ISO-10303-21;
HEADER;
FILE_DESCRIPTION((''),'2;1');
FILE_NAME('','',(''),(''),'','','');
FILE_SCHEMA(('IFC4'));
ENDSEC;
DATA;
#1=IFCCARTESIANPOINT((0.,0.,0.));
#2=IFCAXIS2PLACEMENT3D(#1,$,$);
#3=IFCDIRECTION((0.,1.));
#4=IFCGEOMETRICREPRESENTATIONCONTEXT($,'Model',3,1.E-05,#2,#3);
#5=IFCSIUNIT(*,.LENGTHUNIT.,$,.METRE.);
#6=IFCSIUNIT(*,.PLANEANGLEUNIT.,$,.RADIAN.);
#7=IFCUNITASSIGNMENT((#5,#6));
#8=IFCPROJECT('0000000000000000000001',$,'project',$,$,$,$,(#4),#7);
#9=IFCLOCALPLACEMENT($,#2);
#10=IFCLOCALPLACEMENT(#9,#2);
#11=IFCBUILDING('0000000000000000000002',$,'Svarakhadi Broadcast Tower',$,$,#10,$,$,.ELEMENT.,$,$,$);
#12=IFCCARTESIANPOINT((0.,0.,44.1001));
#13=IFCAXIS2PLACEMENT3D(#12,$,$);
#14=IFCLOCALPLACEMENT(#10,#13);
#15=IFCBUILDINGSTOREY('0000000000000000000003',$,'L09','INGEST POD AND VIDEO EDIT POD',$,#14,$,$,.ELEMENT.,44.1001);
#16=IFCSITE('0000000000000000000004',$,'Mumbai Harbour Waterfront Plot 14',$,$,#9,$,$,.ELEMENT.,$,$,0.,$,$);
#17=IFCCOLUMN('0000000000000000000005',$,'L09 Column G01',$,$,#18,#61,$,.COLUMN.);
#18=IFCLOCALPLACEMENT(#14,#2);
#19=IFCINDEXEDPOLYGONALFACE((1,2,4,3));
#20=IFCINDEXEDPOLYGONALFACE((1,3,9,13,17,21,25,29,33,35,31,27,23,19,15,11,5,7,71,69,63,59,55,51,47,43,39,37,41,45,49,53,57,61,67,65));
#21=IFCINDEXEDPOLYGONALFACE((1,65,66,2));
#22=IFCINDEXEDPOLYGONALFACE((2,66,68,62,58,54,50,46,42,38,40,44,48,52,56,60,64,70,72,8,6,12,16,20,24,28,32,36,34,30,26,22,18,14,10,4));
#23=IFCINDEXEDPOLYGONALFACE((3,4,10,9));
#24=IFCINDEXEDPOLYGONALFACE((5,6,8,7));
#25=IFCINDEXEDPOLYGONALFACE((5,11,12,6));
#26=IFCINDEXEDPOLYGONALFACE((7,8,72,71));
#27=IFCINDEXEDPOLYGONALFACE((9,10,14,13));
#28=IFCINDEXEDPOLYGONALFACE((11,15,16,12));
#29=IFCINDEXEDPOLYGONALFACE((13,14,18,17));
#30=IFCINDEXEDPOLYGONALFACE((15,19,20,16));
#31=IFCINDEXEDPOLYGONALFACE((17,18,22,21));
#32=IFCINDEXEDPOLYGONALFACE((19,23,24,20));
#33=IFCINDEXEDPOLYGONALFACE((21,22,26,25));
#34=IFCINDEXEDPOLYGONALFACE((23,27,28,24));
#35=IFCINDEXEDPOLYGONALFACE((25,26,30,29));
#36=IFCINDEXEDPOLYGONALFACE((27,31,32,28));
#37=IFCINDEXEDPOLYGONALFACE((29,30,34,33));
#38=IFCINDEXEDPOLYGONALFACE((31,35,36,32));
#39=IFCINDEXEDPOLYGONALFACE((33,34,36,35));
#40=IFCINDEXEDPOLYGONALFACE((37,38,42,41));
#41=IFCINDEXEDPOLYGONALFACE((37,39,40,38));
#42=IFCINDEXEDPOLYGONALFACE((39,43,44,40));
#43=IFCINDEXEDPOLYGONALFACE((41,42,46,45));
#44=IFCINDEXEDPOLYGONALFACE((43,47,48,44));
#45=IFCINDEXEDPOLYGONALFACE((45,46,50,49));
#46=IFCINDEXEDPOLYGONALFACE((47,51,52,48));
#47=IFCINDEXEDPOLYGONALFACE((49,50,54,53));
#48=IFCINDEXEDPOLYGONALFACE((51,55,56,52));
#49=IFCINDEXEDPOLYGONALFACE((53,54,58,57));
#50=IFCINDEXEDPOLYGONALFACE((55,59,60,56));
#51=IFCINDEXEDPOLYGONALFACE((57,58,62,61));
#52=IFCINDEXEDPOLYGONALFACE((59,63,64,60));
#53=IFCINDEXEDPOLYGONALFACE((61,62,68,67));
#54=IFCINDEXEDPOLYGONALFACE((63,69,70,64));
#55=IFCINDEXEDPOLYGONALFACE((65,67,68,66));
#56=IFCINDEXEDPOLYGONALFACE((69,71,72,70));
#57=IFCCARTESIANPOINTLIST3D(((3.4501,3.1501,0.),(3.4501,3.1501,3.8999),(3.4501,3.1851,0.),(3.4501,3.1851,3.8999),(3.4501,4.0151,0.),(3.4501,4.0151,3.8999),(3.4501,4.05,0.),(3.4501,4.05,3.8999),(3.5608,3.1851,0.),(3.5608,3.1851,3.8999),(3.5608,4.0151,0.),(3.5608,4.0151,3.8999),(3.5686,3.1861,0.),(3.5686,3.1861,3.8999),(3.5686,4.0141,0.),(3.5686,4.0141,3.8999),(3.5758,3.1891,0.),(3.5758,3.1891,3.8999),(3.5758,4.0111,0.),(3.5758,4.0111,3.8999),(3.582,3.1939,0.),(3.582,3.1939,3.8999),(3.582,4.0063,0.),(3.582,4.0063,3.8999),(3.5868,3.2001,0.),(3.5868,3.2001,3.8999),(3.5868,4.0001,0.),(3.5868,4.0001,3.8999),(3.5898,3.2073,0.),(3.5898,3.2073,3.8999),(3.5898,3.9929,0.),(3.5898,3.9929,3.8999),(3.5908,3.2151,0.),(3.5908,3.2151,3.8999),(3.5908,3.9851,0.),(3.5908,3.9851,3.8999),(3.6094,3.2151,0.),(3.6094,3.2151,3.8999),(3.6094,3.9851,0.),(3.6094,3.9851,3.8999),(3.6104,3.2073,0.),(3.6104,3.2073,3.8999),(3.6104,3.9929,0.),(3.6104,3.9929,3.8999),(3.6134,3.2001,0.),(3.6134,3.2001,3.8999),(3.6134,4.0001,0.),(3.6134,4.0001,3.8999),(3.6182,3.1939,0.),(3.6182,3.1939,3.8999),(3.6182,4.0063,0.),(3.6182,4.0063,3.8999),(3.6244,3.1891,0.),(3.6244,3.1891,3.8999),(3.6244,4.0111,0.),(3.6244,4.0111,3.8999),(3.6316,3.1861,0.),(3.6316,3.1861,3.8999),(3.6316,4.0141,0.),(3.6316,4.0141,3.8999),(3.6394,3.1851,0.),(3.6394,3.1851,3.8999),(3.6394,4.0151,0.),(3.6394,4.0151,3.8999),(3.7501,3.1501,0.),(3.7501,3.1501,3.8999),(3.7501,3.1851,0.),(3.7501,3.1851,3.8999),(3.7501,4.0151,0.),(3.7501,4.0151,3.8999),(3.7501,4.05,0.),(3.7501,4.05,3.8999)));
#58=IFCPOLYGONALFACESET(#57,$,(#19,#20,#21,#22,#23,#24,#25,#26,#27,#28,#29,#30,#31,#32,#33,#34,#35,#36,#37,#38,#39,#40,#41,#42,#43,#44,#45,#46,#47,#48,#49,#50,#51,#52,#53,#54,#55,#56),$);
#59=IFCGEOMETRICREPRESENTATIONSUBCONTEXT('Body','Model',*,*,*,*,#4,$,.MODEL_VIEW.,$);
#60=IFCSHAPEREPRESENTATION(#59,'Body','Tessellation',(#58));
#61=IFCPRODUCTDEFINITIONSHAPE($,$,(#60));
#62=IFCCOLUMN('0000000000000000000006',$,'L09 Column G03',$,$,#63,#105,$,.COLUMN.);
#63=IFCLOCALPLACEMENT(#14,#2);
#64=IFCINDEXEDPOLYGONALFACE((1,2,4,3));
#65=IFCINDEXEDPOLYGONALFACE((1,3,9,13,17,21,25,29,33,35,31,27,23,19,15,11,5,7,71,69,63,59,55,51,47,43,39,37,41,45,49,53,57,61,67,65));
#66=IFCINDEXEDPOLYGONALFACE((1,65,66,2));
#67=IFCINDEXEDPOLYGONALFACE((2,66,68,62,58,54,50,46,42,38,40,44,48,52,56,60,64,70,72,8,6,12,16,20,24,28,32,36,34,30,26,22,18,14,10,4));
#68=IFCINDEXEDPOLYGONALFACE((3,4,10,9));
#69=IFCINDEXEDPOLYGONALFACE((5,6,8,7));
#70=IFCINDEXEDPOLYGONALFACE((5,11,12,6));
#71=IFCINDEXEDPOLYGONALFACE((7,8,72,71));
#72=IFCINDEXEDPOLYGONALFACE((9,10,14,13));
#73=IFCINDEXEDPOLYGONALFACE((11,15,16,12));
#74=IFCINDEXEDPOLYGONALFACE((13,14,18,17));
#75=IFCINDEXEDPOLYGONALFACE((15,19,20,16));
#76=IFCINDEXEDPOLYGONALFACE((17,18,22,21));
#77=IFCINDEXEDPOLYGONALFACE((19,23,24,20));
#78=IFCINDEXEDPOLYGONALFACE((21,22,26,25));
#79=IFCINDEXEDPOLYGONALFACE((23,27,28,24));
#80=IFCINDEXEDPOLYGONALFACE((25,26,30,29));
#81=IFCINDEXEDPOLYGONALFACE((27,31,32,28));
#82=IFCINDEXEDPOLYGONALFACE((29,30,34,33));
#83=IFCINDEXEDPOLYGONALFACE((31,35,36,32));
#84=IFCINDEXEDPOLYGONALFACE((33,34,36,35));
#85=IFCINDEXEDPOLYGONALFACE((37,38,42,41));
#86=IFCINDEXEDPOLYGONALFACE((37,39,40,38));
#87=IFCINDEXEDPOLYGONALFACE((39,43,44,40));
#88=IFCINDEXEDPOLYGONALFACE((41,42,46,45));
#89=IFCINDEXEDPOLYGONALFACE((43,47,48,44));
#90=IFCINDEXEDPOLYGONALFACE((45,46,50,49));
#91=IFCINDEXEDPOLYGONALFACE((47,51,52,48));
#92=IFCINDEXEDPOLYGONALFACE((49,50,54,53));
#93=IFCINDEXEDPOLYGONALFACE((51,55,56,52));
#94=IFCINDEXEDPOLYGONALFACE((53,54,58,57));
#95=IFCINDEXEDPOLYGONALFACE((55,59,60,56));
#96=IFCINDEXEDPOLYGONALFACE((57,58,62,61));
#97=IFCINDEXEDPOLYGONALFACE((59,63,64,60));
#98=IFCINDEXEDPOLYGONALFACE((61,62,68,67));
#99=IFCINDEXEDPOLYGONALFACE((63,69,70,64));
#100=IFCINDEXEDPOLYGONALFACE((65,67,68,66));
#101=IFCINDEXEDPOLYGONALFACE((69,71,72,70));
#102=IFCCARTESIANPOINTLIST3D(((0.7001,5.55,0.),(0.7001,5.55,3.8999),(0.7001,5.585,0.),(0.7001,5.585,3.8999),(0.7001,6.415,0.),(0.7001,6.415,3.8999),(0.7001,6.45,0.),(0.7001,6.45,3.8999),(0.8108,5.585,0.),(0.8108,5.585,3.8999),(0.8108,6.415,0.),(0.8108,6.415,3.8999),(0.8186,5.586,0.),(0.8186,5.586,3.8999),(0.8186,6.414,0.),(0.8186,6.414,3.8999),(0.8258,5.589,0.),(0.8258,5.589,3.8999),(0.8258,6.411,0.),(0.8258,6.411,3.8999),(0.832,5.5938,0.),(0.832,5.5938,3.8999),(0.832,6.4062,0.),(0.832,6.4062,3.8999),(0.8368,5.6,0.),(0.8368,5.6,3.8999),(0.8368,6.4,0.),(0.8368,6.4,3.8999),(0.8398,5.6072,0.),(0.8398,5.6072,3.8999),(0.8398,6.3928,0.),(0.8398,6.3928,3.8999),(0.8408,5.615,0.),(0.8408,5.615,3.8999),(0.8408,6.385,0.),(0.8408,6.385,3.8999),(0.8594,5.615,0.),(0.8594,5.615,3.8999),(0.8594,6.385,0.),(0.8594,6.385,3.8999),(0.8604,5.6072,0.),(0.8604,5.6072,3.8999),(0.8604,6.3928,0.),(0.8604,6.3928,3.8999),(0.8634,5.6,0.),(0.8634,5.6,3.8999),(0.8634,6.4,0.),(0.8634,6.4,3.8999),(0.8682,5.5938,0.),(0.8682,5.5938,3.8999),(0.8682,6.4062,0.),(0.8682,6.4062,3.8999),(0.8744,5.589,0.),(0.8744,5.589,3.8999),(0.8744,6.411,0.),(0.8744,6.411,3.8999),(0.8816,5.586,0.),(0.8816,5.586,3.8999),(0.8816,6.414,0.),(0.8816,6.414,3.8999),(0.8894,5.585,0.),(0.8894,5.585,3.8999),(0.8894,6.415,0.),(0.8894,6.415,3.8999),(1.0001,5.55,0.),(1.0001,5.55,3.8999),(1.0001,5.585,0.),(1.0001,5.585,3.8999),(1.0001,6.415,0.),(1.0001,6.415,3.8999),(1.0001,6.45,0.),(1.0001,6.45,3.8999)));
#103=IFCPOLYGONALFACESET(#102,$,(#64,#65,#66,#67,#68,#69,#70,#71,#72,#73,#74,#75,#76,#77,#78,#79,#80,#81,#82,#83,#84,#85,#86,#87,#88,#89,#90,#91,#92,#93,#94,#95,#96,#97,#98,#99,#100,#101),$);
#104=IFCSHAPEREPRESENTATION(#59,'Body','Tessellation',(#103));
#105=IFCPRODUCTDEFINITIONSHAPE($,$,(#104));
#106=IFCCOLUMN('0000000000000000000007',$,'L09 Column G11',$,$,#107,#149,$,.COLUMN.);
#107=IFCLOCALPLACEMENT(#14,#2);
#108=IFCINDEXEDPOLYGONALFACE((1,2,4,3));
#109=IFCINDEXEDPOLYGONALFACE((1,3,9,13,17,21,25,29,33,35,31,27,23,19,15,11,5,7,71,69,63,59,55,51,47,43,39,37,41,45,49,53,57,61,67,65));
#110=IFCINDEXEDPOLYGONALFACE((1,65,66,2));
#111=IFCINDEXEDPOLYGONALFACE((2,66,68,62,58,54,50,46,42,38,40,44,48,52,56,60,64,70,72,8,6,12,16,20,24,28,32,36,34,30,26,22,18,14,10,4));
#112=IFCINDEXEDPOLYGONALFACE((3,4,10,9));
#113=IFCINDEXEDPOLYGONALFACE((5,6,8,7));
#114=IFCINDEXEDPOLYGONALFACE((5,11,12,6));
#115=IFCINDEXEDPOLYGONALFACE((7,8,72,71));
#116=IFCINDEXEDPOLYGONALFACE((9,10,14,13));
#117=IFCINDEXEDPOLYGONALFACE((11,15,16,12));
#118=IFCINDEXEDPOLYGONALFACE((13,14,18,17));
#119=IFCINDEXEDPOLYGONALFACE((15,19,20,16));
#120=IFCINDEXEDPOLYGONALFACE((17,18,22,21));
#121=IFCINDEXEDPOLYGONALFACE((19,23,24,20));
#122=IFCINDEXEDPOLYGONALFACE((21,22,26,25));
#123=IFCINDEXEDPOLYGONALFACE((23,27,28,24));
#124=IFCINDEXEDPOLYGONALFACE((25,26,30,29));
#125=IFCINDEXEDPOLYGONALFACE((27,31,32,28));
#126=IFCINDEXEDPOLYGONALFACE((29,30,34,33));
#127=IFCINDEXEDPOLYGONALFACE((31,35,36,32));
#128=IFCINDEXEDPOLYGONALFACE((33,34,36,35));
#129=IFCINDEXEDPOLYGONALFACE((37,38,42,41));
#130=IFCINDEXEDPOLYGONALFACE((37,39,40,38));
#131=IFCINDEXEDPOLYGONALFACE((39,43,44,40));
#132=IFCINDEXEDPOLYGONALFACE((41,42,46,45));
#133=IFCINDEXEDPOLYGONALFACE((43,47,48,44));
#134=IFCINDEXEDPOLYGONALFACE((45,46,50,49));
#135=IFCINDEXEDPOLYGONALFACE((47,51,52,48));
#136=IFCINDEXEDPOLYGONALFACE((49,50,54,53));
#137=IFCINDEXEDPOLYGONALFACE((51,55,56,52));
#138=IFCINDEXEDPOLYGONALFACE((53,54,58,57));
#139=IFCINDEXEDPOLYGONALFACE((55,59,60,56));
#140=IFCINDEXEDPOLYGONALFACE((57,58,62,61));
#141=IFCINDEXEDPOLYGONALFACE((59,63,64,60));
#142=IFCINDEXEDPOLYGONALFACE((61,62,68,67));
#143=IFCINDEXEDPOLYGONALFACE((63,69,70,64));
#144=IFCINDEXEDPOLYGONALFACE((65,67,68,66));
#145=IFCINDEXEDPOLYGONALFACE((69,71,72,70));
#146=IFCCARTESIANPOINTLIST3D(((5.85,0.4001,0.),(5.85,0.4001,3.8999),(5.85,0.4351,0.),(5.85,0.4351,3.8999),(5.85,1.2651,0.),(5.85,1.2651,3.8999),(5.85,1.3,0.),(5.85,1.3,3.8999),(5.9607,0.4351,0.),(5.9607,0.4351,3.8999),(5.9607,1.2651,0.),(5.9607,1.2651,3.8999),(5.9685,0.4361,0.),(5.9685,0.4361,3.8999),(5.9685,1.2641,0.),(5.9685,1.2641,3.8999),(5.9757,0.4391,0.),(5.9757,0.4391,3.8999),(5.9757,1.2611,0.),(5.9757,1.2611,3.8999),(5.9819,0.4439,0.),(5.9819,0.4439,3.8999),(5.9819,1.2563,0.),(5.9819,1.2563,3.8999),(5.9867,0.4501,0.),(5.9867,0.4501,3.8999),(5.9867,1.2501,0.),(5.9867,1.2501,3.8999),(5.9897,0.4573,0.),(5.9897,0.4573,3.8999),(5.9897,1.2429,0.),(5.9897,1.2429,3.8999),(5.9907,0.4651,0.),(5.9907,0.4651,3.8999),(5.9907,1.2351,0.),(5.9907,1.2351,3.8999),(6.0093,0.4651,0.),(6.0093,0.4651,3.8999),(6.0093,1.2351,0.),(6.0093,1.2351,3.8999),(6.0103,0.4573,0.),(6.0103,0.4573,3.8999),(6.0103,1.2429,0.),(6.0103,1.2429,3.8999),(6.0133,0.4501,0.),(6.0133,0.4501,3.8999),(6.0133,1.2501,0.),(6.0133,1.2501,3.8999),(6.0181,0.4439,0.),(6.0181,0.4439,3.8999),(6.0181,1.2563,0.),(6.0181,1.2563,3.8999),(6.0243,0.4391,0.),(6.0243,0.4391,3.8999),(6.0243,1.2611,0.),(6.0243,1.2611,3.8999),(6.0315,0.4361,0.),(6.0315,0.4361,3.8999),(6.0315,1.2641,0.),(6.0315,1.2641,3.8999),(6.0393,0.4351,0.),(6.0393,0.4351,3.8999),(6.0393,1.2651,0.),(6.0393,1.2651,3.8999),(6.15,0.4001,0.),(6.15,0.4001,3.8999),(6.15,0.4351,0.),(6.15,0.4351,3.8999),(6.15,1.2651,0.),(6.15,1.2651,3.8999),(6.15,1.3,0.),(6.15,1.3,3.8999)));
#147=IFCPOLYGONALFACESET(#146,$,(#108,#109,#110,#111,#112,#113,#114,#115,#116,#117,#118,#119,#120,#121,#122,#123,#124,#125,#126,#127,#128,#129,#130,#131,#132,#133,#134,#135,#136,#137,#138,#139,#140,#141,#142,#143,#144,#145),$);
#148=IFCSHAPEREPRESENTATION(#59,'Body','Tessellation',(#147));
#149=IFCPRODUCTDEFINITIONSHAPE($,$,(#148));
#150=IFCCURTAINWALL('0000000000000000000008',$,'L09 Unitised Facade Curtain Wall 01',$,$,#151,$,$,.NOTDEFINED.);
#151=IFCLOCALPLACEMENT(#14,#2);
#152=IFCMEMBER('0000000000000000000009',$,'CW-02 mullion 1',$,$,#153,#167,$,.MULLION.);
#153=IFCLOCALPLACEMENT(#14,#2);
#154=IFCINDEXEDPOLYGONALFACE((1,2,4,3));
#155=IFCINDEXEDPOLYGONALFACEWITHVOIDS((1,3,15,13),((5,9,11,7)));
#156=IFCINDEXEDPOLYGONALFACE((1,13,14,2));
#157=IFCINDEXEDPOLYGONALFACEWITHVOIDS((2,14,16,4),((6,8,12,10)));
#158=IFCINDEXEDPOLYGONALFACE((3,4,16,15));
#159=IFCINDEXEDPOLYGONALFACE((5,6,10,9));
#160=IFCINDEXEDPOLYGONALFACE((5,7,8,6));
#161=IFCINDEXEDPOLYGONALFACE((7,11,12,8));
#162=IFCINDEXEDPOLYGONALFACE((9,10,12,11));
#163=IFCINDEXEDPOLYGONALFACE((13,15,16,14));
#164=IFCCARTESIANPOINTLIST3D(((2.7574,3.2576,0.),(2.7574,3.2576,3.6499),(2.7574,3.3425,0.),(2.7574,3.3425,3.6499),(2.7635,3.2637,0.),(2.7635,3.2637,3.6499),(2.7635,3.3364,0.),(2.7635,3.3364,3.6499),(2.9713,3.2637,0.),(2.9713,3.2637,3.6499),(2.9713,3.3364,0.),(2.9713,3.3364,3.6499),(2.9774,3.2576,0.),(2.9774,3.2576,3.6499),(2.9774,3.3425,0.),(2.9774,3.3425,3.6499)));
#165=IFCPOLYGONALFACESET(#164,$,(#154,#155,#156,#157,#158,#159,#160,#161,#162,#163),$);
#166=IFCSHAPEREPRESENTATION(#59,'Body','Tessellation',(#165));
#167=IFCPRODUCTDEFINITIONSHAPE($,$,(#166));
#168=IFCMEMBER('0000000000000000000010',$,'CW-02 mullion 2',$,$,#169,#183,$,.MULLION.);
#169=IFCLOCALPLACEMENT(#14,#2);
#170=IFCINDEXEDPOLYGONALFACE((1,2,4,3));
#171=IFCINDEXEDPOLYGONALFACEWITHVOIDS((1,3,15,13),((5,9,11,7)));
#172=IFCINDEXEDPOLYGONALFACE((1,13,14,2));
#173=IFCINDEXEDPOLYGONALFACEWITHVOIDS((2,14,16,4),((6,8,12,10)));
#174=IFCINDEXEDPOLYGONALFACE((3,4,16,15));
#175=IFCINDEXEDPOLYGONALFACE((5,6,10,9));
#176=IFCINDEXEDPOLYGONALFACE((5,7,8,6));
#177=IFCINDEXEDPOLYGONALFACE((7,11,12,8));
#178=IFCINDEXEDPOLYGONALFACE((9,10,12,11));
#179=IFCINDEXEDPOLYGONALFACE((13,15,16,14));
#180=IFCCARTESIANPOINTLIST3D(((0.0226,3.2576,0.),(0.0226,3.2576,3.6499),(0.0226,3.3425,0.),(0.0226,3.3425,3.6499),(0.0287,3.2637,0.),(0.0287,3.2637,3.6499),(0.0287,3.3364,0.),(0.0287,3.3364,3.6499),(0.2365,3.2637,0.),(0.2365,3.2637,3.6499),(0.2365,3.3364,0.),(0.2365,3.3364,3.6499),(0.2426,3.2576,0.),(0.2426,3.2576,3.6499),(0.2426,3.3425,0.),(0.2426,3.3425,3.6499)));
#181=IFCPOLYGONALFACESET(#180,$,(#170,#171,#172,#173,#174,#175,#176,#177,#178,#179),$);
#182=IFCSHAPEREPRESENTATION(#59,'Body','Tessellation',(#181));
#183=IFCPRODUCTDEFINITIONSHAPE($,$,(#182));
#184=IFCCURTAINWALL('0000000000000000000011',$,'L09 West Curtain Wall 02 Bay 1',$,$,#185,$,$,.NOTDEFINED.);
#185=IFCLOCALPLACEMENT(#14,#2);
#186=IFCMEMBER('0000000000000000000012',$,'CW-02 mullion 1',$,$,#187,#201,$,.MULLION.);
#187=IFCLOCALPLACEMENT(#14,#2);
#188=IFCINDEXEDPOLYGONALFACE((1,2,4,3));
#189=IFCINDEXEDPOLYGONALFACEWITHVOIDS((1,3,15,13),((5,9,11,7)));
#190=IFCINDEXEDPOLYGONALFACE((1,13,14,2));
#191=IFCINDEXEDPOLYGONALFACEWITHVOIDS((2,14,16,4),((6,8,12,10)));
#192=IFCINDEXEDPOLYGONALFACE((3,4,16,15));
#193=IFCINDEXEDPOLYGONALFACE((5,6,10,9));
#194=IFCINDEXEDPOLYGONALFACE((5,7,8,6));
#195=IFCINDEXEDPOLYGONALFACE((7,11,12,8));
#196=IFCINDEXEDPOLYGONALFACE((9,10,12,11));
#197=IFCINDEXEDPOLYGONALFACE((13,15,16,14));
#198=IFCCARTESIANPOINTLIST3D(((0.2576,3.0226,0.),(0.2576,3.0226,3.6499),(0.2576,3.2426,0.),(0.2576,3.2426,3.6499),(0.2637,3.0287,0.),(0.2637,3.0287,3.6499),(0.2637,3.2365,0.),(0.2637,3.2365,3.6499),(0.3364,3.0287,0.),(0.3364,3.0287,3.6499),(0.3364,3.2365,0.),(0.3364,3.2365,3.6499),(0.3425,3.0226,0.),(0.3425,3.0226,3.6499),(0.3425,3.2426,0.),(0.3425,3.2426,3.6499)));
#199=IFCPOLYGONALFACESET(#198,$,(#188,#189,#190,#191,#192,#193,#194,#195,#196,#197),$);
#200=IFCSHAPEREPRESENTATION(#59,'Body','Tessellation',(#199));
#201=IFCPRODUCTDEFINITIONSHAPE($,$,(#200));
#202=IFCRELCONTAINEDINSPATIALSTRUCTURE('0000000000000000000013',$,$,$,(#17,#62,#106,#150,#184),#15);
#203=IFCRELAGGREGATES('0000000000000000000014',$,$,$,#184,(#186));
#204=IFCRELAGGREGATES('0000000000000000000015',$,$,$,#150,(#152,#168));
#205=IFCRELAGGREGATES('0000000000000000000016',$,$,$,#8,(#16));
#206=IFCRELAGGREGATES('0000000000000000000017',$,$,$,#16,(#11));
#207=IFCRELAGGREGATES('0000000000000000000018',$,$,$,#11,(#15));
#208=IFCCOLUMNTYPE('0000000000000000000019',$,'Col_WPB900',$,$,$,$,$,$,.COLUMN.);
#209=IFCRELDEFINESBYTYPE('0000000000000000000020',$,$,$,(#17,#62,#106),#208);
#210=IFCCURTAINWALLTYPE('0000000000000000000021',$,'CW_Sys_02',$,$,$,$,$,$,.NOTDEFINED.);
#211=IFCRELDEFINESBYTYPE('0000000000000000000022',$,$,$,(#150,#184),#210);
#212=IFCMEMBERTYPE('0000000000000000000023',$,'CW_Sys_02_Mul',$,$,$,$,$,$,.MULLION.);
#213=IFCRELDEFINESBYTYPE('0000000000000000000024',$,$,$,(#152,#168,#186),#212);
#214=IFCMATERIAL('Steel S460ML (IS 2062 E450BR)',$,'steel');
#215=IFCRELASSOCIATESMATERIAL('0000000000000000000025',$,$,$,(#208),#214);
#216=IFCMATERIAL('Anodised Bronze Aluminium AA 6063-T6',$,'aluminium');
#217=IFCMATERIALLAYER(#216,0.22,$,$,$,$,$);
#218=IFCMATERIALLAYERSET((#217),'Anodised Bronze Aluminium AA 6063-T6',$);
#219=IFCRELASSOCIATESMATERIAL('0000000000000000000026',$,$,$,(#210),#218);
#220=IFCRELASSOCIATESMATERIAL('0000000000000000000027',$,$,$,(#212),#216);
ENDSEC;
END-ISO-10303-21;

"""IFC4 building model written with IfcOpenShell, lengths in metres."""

from ifc_helpers import new_model, si_unit, direction, frame, origin, origin_2d, place, context, subcontext, project, spatial, hollow_rectangle, i_section, extrude, material, layer, layer_set, material_profile, profile_set, type_object, element, aggregate, save


model = new_model("IFC4")

# Units and contexts
model_context = context("Model", 3, precision=1e-05, world=origin(), true_north=direction((0.0, 1.0)))
body_context = subcontext(model_context, "Body", "Model", "MODEL_VIEW")
ifc_project = project(units=[si_unit("LENGTHUNIT", "METRE"), si_unit("PLANEANGLEUNIT", "RADIAN")], contexts=[model_context])

# Site, building, storey
site_placement = place(None, origin())
site = spatial("IfcSite", under=ifc_project, at=site_placement, Name="Mumbai Harbour Waterfront Plot 14", CompositionType="ELEMENT", RefElevation=0.0)
building_placement = place(site_placement, origin())
building = spatial("IfcBuilding", under=site, at=building_placement, Name="Svarakhadi Broadcast Tower", CompositionType="ELEMENT")
storey_placement = place(building_placement, frame((0.0, 0.0, 44.1001)))
storey = spatial("IfcBuildingStorey", under=building, at=storey_placement, Name="L09", Description="INGEST POD AND VIDEO EDIT POD", CompositionType="ELEMENT", Elevation=44.1001)

# Columns
ifc_material_1 = material(Name="Steel S460ML (IS 2062 E450BR)", Category="steel")
ifc_material_profile_1 = material_profile(ifc_material_1, i_section(OverallWidth=0.3, OverallDepth=0.8999, WebThickness=0.0186, FlangeThickness=0.0349, FilletRadius=0.03, at=origin_2d()), Name="WPB 900x300x291")
ifc_profile_set_1 = profile_set([ifc_material_profile_1], Name="Steel S460ML (IS 2062 E450BR)")
column_type = type_object("IfcColumnType", Name="Col_WPB900", PredefinedType="COLUMN", material=ifc_profile_set_1)
for number, where, z_axis, x_axis, name in (
    (1, (3.6001, 3.6001, 0.0), (0.0, 0.0, 1.0), (1.0, 0.0, 0.0), "L09 Column G01"),
    (2, (0.8501, 6.0, 0.0), (0.0, 0.0, 1.0), (1.0, 0.0, 0.0), "L09 Column G03"),
    (3, (6.0, 0.8501, 0.0), (0.0, 0.0, 1.0), (1.0, 0.0, 0.0), "L09 Column G11"),
):
    element("IfcColumn", number, at=place(storey_placement, frame(where, z_axis=z_axis, x_axis=x_axis)), inside=storey, type_object=column_type, Name=name, PredefinedType="COLUMN", context=body_context, shape_type="SweptSolid", body=[
        extrude(i_section(OverallWidth=0.3, OverallDepth=0.8999, WebThickness=0.0186, FlangeThickness=0.0349, FilletRadius=0.03, at=origin_2d()), origin(), (0.0, 0.0, 1.0), 3.8999),
    ])

# Curtain wall, members
ifc_material_2 = material(Name="Anodised Bronze Aluminium AA 6063-T6", Category="aluminium")
ifc_layer_1 = layer(ifc_material_2, 0.22)
ifc_layer_set_1 = layer_set([ifc_layer_1], Name="Anodised Bronze Aluminium AA 6063-T6")
curtain_wall_type = type_object("IfcCurtainWallType", Name="CW_Sys_02", PredefinedType="NOTDEFINED", material=ifc_layer_set_1)
curtain_wall_1_placement = place(storey_placement, origin())
curtain_wall_1 = element("IfcCurtainWall", 4, at=curtain_wall_1_placement, inside=storey, type_object=curtain_wall_type, Name="L09 Unitised Facade Curtain Wall 01", PredefinedType="NOTDEFINED")
ifc_material_profile_2 = material_profile(ifc_material_2, hollow_rectangle(XDim=0.085, YDim=0.22, WallThickness=0.0061, at=origin_2d()), Name="ALU MULLION 220x85x6")
ifc_profile_set_2 = profile_set([ifc_material_profile_2], Name="Anodised Bronze Aluminium AA 6063-T6")
member_type_1 = type_object("IfcMemberType", Name="CW_Sys_02_Mul", PredefinedType="MULLION", material=ifc_profile_set_2)
member_1_placement = place(storey_placement, frame((2.8674, 3.3, 0.0), z_axis=(0.0, 0.0, 1.0), x_axis=(0.0, -1.0, 0.0)))
member_1 = element("IfcMember", 5, at=member_1_placement, type_object=member_type_1, Name="CW-02 mullion 1", PredefinedType="MULLION", context=body_context, shape_type="SweptSolid", body=[
    extrude(hollow_rectangle(XDim=0.085, YDim=0.22, WallThickness=0.0061, at=origin_2d()), origin(), (0.0, 0.0, 1.0), 3.6499),
])
member_2_placement = place(storey_placement, frame((0.1326, 3.3, 0.0), z_axis=(0.0, 0.0, 1.0), x_axis=(0.0, -1.0, 0.0)))
member_2 = element("IfcMember", 6, at=member_2_placement, type_object=member_type_1, Name="CW-02 mullion 2", PredefinedType="MULLION", context=body_context, shape_type="SweptSolid", body=[
    extrude(hollow_rectangle(XDim=0.085, YDim=0.22, WallThickness=0.0061, at=origin_2d()), origin(), (0.0, 0.0, 1.0), 3.6499),
])

# Curtain wall, member
curtain_wall_2_placement = place(storey_placement, origin())
curtain_wall_2 = element("IfcCurtainWall", 7, at=curtain_wall_2_placement, inside=storey, type_object=curtain_wall_type, Name="L09 West Curtain Wall 02 Bay 1", PredefinedType="NOTDEFINED")
member_3_placement = place(storey_placement, frame((0.3, 3.1326, 0.0), z_axis=(0.0, 0.0, 1.0), x_axis=(-1.0, 0.0, 0.0)))
member_3 = element("IfcMember", 8, at=member_3_placement, type_object=member_type_1, Name="CW-02 mullion 1", PredefinedType="MULLION", context=body_context, shape_type="SweptSolid", body=[
    extrude(hollow_rectangle(XDim=0.085, YDim=0.22, WallThickness=0.0061, at=origin_2d()), origin(), (0.0, 0.0, 1.0), 3.6499),
])

aggregate(curtain_wall_2, [member_3])

aggregate(curtain_wall_1, [member_1, member_2])

save(model, "model.ifc")
